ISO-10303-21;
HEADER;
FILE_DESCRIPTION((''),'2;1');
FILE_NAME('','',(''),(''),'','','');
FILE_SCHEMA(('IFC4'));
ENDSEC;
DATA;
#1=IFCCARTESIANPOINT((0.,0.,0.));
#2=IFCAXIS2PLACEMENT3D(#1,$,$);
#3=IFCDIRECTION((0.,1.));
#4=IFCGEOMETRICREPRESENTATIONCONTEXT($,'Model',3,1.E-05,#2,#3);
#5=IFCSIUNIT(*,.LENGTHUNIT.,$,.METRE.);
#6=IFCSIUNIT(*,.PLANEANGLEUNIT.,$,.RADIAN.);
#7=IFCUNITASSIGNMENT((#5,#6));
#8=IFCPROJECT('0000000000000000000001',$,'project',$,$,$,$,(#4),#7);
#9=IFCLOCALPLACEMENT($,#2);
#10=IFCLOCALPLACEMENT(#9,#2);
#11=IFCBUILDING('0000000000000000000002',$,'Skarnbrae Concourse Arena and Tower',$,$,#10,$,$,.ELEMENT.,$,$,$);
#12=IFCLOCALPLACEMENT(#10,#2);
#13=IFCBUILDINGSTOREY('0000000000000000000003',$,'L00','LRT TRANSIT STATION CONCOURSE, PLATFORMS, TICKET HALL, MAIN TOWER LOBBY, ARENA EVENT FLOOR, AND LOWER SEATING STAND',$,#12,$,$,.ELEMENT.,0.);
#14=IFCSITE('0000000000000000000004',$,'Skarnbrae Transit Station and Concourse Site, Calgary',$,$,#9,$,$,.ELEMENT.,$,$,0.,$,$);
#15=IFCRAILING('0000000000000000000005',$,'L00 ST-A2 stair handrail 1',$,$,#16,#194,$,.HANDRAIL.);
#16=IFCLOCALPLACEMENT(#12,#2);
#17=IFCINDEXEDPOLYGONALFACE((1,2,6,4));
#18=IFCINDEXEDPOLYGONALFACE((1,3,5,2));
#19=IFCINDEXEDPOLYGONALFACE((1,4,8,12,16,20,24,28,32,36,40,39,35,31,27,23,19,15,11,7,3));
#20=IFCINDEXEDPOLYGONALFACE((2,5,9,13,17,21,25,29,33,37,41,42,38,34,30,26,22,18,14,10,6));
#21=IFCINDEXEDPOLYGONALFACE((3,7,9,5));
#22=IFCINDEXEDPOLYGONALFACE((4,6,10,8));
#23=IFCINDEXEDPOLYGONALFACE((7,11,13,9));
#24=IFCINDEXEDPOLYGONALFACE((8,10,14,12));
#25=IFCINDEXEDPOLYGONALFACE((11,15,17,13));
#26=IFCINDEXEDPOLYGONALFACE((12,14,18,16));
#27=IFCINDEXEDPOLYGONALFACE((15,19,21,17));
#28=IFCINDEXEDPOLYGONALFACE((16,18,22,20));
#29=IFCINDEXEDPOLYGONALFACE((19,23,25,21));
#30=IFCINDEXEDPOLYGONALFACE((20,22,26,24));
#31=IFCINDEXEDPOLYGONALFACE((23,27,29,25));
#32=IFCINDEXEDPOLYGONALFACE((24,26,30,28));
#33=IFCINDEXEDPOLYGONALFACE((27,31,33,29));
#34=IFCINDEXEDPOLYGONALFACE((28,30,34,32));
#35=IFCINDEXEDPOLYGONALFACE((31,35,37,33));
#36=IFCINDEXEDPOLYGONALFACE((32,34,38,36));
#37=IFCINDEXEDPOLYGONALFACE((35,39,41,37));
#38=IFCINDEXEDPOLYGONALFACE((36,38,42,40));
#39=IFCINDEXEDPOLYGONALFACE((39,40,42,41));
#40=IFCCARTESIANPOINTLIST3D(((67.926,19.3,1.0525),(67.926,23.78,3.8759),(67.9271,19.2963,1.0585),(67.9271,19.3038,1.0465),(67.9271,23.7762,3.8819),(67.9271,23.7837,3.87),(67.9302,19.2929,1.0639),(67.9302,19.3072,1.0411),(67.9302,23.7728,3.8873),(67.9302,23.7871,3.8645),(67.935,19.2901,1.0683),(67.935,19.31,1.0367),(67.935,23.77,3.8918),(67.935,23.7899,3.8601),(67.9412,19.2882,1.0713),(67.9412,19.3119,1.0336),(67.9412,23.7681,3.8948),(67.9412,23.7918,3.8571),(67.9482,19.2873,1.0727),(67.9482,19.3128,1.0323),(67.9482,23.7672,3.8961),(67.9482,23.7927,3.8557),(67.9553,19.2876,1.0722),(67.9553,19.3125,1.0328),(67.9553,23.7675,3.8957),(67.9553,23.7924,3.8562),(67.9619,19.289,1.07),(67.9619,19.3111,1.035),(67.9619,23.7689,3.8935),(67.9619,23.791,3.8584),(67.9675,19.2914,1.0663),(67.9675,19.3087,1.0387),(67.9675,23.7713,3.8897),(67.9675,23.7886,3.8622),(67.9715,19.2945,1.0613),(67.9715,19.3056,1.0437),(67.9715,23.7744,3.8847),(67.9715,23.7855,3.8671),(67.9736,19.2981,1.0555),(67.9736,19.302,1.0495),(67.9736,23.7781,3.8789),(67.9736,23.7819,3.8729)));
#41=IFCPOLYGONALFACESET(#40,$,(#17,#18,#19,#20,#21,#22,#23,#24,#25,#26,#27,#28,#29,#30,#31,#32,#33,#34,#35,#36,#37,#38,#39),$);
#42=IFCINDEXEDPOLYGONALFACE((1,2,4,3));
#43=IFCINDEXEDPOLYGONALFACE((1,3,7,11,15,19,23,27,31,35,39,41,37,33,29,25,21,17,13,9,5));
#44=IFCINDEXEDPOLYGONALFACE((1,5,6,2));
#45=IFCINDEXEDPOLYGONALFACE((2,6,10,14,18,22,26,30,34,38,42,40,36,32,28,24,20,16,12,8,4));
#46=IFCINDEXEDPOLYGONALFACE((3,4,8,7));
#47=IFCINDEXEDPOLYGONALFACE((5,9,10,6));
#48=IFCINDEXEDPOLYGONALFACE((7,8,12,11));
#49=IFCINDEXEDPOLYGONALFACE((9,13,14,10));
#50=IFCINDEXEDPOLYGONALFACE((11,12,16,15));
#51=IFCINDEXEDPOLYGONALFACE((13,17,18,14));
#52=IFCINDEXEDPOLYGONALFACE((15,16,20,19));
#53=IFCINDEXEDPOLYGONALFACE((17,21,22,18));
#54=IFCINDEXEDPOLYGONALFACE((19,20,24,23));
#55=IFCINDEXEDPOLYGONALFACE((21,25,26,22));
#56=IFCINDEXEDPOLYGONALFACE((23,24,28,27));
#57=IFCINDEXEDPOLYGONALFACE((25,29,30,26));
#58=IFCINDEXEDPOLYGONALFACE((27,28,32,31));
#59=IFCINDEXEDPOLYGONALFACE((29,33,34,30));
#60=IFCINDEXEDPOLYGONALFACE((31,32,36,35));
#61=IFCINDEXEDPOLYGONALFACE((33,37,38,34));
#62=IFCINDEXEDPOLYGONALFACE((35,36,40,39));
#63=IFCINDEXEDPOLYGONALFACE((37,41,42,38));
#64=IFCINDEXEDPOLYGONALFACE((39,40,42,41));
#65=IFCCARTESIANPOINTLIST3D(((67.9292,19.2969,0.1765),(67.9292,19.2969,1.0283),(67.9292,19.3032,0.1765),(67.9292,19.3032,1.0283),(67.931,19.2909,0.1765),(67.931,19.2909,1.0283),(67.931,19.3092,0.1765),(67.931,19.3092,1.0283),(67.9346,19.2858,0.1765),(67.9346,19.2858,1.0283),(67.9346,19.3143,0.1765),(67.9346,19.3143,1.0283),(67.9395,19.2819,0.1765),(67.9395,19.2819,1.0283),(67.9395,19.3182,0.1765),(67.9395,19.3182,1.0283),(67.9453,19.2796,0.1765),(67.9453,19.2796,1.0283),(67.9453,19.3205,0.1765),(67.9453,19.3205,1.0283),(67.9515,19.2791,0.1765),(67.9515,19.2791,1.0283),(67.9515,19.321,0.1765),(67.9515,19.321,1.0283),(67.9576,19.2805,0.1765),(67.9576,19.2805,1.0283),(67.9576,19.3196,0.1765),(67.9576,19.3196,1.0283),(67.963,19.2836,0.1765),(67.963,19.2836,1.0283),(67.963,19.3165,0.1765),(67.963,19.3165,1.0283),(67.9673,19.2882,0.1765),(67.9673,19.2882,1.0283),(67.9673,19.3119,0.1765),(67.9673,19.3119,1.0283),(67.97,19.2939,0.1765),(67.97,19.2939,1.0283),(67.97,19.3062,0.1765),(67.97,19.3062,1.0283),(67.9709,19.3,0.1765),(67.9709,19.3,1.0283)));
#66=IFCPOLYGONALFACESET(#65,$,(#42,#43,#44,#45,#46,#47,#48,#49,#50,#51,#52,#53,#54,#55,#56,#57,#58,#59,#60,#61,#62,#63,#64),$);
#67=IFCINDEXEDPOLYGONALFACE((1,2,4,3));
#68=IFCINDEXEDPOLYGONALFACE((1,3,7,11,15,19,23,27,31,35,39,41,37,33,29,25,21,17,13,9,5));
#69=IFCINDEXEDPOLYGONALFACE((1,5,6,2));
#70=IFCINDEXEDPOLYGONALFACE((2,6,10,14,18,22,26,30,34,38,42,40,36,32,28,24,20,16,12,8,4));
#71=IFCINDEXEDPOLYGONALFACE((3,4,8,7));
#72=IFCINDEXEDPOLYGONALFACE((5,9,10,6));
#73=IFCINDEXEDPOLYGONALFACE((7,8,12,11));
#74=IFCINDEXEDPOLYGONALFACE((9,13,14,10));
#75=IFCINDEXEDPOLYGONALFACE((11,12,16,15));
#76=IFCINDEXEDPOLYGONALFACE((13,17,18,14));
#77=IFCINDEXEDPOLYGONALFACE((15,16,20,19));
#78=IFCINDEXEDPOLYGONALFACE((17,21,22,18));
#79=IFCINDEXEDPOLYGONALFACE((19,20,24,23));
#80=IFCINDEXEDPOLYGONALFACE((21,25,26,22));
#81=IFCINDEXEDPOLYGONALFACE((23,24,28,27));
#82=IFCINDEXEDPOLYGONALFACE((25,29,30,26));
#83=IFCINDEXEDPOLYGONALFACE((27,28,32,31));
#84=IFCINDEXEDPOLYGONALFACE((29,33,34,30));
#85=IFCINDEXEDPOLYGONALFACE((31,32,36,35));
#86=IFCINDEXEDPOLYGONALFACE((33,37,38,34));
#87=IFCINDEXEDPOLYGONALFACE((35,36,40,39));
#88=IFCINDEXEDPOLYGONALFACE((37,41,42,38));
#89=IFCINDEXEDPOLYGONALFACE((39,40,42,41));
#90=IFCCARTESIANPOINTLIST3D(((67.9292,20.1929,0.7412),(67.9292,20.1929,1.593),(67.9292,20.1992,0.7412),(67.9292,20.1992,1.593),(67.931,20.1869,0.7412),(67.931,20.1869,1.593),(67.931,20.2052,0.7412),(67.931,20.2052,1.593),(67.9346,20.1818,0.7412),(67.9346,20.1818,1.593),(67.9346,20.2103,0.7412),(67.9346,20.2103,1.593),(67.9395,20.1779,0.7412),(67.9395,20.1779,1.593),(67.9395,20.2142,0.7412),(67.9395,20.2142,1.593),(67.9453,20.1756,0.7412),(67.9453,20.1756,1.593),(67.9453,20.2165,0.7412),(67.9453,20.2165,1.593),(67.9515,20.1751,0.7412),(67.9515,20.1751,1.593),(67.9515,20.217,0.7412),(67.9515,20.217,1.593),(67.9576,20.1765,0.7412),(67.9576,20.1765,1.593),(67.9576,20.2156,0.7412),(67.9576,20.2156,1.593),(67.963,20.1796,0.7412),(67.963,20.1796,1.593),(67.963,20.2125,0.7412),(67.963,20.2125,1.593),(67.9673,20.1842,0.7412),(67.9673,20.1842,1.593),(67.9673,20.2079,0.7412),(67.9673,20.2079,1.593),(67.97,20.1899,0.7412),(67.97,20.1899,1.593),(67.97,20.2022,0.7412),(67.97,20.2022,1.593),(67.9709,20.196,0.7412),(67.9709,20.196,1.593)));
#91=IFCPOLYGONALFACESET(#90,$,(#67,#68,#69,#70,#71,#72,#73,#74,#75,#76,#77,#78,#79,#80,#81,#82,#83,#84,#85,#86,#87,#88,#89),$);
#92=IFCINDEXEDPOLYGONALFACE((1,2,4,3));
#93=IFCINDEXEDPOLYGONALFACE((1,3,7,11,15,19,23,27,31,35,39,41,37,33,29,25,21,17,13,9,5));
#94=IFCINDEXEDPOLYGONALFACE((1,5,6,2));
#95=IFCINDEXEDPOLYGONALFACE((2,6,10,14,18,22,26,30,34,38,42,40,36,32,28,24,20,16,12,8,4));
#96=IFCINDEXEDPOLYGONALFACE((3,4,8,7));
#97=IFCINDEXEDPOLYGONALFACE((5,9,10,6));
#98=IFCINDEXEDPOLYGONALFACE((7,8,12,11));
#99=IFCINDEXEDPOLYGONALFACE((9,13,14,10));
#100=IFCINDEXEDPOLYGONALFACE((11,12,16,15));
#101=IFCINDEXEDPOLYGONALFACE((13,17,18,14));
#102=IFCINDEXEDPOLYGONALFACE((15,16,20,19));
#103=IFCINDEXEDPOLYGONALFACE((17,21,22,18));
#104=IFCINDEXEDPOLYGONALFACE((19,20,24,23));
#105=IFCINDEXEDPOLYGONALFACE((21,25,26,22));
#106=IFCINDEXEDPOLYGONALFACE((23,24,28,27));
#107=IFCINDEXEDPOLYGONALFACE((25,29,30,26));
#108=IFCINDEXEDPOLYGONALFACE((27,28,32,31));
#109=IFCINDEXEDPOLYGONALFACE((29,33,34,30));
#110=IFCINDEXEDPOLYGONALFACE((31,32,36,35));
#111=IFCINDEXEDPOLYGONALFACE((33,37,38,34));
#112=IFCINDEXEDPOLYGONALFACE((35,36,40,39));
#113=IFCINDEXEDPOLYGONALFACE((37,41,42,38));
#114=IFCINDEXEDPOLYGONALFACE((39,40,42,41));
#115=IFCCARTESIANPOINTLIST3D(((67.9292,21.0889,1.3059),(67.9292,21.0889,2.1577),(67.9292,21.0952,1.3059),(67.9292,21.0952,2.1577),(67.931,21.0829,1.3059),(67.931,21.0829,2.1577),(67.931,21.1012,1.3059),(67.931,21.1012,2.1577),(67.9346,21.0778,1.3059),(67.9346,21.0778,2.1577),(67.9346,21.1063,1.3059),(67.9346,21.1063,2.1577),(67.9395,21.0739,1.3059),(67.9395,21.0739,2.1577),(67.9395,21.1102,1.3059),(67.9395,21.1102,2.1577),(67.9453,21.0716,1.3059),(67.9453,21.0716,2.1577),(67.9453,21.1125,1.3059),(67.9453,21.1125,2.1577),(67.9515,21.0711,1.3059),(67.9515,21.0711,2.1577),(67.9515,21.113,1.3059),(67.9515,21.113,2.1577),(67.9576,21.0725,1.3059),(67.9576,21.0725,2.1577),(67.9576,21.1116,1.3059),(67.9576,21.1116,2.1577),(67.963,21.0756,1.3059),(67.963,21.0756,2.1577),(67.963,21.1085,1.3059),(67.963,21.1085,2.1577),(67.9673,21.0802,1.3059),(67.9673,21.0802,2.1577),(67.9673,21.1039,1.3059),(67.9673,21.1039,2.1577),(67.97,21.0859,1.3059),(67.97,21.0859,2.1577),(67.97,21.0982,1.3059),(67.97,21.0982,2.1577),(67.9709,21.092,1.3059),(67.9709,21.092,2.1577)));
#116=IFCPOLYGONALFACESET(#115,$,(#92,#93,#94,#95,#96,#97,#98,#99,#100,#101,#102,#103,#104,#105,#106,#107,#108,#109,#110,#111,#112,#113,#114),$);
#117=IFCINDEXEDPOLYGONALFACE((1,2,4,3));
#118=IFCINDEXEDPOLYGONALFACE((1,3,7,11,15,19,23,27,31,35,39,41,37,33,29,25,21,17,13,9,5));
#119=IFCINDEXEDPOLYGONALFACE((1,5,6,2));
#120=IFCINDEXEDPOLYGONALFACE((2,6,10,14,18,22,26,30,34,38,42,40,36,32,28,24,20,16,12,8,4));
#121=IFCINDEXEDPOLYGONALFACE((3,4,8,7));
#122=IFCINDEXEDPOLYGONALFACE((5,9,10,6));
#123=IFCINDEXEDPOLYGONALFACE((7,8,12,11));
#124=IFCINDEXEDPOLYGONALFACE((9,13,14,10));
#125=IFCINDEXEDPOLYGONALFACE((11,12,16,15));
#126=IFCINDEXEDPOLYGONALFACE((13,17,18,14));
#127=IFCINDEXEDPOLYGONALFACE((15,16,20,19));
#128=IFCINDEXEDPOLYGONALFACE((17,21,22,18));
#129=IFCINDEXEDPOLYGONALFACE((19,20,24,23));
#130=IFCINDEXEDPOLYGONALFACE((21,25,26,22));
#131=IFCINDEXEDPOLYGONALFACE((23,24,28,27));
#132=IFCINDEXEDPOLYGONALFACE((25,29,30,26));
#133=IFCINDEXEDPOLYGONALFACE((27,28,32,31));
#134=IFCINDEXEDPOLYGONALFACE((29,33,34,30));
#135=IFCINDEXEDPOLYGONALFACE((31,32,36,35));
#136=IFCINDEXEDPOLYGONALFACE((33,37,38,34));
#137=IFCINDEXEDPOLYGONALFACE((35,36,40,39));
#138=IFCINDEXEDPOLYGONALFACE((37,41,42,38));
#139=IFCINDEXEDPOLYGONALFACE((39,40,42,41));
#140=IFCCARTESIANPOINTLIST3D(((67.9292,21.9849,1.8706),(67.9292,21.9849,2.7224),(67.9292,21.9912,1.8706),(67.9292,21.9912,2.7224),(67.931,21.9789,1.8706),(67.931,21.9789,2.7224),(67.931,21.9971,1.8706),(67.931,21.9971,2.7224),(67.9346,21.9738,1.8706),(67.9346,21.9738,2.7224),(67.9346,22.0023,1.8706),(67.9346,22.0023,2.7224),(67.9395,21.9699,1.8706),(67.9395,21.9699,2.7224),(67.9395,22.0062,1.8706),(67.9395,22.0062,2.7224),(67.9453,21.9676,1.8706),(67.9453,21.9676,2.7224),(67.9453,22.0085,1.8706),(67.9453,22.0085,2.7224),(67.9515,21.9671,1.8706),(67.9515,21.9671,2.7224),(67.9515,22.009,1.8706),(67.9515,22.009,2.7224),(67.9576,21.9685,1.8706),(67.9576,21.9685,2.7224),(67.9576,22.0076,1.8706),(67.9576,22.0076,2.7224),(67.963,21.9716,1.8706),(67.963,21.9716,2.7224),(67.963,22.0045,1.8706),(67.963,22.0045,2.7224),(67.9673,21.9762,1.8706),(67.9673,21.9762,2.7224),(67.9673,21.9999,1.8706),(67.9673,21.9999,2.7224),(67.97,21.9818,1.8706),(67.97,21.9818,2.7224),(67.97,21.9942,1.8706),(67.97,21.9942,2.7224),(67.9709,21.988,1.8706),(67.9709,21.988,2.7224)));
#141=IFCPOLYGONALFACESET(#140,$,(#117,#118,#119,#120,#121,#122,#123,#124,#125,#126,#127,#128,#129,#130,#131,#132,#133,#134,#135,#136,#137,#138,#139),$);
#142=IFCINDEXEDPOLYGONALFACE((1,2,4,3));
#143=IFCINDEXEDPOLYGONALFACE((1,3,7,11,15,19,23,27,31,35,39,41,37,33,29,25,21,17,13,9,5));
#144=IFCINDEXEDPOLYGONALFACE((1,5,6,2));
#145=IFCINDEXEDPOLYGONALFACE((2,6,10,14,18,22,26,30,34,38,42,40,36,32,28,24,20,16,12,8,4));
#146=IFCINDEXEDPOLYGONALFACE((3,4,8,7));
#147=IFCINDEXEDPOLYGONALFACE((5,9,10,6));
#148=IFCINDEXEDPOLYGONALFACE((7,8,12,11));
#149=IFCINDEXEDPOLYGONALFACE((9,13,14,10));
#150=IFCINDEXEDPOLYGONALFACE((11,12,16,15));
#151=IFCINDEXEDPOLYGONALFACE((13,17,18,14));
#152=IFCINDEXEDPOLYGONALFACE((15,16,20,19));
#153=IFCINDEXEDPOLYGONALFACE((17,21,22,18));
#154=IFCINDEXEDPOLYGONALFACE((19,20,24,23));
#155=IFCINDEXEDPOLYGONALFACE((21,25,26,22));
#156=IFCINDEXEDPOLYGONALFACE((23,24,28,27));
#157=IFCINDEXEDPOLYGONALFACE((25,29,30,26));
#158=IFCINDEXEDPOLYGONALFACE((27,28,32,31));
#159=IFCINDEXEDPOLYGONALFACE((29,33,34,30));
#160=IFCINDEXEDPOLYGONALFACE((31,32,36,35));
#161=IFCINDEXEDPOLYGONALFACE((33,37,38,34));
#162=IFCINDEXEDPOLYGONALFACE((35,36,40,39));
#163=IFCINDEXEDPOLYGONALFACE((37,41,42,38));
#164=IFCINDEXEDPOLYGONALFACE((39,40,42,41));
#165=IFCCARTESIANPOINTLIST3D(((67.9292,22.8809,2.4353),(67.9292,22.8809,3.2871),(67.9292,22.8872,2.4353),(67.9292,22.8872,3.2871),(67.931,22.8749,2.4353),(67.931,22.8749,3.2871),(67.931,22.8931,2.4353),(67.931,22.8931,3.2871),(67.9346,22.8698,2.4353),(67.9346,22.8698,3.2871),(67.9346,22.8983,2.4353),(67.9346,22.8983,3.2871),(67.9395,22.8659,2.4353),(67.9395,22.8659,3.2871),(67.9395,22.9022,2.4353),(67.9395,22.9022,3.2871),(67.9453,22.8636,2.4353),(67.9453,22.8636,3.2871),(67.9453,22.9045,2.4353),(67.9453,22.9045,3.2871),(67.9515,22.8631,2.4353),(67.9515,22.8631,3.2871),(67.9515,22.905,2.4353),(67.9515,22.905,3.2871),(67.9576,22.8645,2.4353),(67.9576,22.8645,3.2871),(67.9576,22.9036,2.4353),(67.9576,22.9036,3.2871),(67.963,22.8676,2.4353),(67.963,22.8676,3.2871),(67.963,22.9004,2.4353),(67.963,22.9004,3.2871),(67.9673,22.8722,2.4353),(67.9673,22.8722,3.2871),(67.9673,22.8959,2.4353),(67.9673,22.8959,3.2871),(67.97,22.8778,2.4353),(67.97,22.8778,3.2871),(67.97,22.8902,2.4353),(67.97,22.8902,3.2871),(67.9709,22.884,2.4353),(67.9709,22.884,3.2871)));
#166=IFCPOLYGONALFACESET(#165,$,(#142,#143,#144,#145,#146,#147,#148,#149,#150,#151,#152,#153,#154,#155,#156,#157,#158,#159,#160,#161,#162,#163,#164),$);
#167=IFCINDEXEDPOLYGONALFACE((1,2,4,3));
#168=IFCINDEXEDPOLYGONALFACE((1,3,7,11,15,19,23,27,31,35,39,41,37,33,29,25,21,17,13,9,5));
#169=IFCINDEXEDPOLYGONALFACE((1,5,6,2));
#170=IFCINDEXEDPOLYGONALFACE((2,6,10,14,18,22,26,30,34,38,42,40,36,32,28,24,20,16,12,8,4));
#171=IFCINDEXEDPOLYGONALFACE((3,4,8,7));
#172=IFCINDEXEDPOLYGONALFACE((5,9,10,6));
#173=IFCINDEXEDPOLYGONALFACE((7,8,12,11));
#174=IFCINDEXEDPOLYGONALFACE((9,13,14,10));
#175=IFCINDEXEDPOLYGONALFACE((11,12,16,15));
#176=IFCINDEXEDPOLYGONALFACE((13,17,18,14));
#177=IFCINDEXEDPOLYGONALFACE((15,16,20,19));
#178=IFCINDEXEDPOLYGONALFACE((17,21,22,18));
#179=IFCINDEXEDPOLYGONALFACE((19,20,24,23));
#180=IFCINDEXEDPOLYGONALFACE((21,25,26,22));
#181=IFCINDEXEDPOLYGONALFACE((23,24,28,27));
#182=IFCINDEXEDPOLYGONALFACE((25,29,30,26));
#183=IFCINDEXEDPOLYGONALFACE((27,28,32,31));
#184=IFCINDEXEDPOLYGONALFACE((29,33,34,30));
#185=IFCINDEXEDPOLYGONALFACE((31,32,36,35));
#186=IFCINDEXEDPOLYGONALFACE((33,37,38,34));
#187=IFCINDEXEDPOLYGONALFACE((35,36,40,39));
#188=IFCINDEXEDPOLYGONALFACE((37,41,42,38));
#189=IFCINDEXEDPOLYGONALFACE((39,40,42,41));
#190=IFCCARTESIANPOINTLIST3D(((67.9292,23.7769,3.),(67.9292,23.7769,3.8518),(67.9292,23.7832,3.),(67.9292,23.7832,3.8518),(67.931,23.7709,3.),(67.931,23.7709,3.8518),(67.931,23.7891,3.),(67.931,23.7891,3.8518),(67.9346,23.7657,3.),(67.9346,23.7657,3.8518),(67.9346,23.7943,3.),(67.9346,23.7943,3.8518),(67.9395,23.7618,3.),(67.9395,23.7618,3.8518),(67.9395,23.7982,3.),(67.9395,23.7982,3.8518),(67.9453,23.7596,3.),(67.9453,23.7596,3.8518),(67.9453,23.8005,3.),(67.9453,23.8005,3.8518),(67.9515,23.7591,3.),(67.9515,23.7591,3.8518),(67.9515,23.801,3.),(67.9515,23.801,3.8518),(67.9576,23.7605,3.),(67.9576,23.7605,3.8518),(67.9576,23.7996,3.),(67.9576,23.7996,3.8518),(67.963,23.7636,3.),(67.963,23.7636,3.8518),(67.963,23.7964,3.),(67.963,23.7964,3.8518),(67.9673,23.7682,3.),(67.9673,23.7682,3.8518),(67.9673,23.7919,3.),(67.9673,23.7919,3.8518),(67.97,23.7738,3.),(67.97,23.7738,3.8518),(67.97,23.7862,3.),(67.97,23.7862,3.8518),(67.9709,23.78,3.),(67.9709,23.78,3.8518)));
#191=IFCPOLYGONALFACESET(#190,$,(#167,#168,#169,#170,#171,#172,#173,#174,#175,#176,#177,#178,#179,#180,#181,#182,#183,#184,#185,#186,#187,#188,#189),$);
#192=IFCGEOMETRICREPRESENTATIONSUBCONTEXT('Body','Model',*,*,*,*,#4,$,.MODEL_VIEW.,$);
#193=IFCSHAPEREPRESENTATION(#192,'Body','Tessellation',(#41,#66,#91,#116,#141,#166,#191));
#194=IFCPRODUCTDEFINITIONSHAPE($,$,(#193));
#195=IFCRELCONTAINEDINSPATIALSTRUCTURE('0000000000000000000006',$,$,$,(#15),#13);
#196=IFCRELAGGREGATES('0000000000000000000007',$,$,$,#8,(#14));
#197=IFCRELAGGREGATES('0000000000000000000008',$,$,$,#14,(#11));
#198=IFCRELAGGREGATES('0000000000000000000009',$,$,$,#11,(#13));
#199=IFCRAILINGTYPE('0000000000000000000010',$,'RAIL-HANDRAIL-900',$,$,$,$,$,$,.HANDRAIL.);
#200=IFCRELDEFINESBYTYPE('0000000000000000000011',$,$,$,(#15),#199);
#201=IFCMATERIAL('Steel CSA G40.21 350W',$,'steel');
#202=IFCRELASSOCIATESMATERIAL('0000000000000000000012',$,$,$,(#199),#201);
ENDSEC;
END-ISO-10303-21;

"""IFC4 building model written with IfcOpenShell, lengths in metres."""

from ifc_helpers import new_model, si_unit, direction, frame, origin, origin_2d, place, context, subcontext, project, spatial, circle, extrude, material, type_object, element, save


model = new_model("IFC4")

# Units and contexts
model_context = context("Model", 3, precision=1e-05, world=origin(), true_north=direction((0.0, 1.0)))
body_context = subcontext(model_context, "Body", "Model", "MODEL_VIEW")
ifc_project = project(units=[si_unit("LENGTHUNIT", "METRE"), si_unit("PLANEANGLEUNIT", "RADIAN")], contexts=[model_context])

# Site, building, storey
site_placement = place(None, origin())
site = spatial("IfcSite", under=ifc_project, at=site_placement, Name="Skarnbrae Transit Station and Concourse Site, Calgary", CompositionType="ELEMENT", RefElevation=0.0)
building_placement = place(site_placement, origin())
building = spatial("IfcBuilding", under=site, at=building_placement, Name="Skarnbrae Concourse Arena and Tower", CompositionType="ELEMENT")
storey_placement = place(building_placement, origin())
storey = spatial("IfcBuildingStorey", under=building, at=storey_placement, Name="L00", Description="LRT TRANSIT STATION CONCOURSE, PLATFORMS, TICKET HALL, MAIN TOWER LOBBY, ARENA EVENT FLOOR, AND LOWER SEATING STAND", CompositionType="ELEMENT", Elevation=0.0)

# Shared definitions
ifc_material_1 = material(Name="Steel CSA G40.21 350W", Category="steel")

# Railing
railing_type_1 = type_object("IfcRailingType", Name="RAIL-HANDRAIL-900", PredefinedType="HANDRAIL", material=ifc_material_1)
railing_1_placement = place(storey_placement, frame((67.95, 19.3, 0.1765)))
element("IfcRailing", 1, at=railing_1_placement, inside=storey, type_object=railing_type_1, Name="L00 ST-A2 stair handrail 1", PredefinedType="HANDRAIL", context=body_context, shape_type="SweptSolid", body=[
    extrude(circle(Radius=0.0239, at=origin_2d()), frame((0.0, 0.0, 0.876), z_axis=(0.0, 0.845998, 0.533186), x_axis=(-1.0, 0.0, 0.0)), (0.0, 0.0, 1.0), 5.2954),
    extrude(circle(Radius=0.021, at=origin_2d()), origin(), (0.0, 0.0, 1.0), 0.8518),
    extrude(circle(Radius=0.021, at=origin_2d()), frame((0.0, 0.896, 0.5647)), (0.0, 0.0, 1.0), 0.8518),
    extrude(circle(Radius=0.021, at=origin_2d()), frame((0.0, 1.792, 1.1294)), (0.0, 0.0, 1.0), 0.8518),
    extrude(circle(Radius=0.021, at=origin_2d()), frame((0.0, 2.688, 1.6941)), (0.0, 0.0, 1.0), 0.8518),
    extrude(circle(Radius=0.021, at=origin_2d()), frame((0.0, 3.584, 2.2588)), (0.0, 0.0, 1.0), 0.8518),
    extrude(circle(Radius=0.021, at=origin_2d()), frame((0.0, 4.48, 2.8235)), (0.0, 0.0, 1.0), 0.8518),
])

save(model, "model.ifc")
